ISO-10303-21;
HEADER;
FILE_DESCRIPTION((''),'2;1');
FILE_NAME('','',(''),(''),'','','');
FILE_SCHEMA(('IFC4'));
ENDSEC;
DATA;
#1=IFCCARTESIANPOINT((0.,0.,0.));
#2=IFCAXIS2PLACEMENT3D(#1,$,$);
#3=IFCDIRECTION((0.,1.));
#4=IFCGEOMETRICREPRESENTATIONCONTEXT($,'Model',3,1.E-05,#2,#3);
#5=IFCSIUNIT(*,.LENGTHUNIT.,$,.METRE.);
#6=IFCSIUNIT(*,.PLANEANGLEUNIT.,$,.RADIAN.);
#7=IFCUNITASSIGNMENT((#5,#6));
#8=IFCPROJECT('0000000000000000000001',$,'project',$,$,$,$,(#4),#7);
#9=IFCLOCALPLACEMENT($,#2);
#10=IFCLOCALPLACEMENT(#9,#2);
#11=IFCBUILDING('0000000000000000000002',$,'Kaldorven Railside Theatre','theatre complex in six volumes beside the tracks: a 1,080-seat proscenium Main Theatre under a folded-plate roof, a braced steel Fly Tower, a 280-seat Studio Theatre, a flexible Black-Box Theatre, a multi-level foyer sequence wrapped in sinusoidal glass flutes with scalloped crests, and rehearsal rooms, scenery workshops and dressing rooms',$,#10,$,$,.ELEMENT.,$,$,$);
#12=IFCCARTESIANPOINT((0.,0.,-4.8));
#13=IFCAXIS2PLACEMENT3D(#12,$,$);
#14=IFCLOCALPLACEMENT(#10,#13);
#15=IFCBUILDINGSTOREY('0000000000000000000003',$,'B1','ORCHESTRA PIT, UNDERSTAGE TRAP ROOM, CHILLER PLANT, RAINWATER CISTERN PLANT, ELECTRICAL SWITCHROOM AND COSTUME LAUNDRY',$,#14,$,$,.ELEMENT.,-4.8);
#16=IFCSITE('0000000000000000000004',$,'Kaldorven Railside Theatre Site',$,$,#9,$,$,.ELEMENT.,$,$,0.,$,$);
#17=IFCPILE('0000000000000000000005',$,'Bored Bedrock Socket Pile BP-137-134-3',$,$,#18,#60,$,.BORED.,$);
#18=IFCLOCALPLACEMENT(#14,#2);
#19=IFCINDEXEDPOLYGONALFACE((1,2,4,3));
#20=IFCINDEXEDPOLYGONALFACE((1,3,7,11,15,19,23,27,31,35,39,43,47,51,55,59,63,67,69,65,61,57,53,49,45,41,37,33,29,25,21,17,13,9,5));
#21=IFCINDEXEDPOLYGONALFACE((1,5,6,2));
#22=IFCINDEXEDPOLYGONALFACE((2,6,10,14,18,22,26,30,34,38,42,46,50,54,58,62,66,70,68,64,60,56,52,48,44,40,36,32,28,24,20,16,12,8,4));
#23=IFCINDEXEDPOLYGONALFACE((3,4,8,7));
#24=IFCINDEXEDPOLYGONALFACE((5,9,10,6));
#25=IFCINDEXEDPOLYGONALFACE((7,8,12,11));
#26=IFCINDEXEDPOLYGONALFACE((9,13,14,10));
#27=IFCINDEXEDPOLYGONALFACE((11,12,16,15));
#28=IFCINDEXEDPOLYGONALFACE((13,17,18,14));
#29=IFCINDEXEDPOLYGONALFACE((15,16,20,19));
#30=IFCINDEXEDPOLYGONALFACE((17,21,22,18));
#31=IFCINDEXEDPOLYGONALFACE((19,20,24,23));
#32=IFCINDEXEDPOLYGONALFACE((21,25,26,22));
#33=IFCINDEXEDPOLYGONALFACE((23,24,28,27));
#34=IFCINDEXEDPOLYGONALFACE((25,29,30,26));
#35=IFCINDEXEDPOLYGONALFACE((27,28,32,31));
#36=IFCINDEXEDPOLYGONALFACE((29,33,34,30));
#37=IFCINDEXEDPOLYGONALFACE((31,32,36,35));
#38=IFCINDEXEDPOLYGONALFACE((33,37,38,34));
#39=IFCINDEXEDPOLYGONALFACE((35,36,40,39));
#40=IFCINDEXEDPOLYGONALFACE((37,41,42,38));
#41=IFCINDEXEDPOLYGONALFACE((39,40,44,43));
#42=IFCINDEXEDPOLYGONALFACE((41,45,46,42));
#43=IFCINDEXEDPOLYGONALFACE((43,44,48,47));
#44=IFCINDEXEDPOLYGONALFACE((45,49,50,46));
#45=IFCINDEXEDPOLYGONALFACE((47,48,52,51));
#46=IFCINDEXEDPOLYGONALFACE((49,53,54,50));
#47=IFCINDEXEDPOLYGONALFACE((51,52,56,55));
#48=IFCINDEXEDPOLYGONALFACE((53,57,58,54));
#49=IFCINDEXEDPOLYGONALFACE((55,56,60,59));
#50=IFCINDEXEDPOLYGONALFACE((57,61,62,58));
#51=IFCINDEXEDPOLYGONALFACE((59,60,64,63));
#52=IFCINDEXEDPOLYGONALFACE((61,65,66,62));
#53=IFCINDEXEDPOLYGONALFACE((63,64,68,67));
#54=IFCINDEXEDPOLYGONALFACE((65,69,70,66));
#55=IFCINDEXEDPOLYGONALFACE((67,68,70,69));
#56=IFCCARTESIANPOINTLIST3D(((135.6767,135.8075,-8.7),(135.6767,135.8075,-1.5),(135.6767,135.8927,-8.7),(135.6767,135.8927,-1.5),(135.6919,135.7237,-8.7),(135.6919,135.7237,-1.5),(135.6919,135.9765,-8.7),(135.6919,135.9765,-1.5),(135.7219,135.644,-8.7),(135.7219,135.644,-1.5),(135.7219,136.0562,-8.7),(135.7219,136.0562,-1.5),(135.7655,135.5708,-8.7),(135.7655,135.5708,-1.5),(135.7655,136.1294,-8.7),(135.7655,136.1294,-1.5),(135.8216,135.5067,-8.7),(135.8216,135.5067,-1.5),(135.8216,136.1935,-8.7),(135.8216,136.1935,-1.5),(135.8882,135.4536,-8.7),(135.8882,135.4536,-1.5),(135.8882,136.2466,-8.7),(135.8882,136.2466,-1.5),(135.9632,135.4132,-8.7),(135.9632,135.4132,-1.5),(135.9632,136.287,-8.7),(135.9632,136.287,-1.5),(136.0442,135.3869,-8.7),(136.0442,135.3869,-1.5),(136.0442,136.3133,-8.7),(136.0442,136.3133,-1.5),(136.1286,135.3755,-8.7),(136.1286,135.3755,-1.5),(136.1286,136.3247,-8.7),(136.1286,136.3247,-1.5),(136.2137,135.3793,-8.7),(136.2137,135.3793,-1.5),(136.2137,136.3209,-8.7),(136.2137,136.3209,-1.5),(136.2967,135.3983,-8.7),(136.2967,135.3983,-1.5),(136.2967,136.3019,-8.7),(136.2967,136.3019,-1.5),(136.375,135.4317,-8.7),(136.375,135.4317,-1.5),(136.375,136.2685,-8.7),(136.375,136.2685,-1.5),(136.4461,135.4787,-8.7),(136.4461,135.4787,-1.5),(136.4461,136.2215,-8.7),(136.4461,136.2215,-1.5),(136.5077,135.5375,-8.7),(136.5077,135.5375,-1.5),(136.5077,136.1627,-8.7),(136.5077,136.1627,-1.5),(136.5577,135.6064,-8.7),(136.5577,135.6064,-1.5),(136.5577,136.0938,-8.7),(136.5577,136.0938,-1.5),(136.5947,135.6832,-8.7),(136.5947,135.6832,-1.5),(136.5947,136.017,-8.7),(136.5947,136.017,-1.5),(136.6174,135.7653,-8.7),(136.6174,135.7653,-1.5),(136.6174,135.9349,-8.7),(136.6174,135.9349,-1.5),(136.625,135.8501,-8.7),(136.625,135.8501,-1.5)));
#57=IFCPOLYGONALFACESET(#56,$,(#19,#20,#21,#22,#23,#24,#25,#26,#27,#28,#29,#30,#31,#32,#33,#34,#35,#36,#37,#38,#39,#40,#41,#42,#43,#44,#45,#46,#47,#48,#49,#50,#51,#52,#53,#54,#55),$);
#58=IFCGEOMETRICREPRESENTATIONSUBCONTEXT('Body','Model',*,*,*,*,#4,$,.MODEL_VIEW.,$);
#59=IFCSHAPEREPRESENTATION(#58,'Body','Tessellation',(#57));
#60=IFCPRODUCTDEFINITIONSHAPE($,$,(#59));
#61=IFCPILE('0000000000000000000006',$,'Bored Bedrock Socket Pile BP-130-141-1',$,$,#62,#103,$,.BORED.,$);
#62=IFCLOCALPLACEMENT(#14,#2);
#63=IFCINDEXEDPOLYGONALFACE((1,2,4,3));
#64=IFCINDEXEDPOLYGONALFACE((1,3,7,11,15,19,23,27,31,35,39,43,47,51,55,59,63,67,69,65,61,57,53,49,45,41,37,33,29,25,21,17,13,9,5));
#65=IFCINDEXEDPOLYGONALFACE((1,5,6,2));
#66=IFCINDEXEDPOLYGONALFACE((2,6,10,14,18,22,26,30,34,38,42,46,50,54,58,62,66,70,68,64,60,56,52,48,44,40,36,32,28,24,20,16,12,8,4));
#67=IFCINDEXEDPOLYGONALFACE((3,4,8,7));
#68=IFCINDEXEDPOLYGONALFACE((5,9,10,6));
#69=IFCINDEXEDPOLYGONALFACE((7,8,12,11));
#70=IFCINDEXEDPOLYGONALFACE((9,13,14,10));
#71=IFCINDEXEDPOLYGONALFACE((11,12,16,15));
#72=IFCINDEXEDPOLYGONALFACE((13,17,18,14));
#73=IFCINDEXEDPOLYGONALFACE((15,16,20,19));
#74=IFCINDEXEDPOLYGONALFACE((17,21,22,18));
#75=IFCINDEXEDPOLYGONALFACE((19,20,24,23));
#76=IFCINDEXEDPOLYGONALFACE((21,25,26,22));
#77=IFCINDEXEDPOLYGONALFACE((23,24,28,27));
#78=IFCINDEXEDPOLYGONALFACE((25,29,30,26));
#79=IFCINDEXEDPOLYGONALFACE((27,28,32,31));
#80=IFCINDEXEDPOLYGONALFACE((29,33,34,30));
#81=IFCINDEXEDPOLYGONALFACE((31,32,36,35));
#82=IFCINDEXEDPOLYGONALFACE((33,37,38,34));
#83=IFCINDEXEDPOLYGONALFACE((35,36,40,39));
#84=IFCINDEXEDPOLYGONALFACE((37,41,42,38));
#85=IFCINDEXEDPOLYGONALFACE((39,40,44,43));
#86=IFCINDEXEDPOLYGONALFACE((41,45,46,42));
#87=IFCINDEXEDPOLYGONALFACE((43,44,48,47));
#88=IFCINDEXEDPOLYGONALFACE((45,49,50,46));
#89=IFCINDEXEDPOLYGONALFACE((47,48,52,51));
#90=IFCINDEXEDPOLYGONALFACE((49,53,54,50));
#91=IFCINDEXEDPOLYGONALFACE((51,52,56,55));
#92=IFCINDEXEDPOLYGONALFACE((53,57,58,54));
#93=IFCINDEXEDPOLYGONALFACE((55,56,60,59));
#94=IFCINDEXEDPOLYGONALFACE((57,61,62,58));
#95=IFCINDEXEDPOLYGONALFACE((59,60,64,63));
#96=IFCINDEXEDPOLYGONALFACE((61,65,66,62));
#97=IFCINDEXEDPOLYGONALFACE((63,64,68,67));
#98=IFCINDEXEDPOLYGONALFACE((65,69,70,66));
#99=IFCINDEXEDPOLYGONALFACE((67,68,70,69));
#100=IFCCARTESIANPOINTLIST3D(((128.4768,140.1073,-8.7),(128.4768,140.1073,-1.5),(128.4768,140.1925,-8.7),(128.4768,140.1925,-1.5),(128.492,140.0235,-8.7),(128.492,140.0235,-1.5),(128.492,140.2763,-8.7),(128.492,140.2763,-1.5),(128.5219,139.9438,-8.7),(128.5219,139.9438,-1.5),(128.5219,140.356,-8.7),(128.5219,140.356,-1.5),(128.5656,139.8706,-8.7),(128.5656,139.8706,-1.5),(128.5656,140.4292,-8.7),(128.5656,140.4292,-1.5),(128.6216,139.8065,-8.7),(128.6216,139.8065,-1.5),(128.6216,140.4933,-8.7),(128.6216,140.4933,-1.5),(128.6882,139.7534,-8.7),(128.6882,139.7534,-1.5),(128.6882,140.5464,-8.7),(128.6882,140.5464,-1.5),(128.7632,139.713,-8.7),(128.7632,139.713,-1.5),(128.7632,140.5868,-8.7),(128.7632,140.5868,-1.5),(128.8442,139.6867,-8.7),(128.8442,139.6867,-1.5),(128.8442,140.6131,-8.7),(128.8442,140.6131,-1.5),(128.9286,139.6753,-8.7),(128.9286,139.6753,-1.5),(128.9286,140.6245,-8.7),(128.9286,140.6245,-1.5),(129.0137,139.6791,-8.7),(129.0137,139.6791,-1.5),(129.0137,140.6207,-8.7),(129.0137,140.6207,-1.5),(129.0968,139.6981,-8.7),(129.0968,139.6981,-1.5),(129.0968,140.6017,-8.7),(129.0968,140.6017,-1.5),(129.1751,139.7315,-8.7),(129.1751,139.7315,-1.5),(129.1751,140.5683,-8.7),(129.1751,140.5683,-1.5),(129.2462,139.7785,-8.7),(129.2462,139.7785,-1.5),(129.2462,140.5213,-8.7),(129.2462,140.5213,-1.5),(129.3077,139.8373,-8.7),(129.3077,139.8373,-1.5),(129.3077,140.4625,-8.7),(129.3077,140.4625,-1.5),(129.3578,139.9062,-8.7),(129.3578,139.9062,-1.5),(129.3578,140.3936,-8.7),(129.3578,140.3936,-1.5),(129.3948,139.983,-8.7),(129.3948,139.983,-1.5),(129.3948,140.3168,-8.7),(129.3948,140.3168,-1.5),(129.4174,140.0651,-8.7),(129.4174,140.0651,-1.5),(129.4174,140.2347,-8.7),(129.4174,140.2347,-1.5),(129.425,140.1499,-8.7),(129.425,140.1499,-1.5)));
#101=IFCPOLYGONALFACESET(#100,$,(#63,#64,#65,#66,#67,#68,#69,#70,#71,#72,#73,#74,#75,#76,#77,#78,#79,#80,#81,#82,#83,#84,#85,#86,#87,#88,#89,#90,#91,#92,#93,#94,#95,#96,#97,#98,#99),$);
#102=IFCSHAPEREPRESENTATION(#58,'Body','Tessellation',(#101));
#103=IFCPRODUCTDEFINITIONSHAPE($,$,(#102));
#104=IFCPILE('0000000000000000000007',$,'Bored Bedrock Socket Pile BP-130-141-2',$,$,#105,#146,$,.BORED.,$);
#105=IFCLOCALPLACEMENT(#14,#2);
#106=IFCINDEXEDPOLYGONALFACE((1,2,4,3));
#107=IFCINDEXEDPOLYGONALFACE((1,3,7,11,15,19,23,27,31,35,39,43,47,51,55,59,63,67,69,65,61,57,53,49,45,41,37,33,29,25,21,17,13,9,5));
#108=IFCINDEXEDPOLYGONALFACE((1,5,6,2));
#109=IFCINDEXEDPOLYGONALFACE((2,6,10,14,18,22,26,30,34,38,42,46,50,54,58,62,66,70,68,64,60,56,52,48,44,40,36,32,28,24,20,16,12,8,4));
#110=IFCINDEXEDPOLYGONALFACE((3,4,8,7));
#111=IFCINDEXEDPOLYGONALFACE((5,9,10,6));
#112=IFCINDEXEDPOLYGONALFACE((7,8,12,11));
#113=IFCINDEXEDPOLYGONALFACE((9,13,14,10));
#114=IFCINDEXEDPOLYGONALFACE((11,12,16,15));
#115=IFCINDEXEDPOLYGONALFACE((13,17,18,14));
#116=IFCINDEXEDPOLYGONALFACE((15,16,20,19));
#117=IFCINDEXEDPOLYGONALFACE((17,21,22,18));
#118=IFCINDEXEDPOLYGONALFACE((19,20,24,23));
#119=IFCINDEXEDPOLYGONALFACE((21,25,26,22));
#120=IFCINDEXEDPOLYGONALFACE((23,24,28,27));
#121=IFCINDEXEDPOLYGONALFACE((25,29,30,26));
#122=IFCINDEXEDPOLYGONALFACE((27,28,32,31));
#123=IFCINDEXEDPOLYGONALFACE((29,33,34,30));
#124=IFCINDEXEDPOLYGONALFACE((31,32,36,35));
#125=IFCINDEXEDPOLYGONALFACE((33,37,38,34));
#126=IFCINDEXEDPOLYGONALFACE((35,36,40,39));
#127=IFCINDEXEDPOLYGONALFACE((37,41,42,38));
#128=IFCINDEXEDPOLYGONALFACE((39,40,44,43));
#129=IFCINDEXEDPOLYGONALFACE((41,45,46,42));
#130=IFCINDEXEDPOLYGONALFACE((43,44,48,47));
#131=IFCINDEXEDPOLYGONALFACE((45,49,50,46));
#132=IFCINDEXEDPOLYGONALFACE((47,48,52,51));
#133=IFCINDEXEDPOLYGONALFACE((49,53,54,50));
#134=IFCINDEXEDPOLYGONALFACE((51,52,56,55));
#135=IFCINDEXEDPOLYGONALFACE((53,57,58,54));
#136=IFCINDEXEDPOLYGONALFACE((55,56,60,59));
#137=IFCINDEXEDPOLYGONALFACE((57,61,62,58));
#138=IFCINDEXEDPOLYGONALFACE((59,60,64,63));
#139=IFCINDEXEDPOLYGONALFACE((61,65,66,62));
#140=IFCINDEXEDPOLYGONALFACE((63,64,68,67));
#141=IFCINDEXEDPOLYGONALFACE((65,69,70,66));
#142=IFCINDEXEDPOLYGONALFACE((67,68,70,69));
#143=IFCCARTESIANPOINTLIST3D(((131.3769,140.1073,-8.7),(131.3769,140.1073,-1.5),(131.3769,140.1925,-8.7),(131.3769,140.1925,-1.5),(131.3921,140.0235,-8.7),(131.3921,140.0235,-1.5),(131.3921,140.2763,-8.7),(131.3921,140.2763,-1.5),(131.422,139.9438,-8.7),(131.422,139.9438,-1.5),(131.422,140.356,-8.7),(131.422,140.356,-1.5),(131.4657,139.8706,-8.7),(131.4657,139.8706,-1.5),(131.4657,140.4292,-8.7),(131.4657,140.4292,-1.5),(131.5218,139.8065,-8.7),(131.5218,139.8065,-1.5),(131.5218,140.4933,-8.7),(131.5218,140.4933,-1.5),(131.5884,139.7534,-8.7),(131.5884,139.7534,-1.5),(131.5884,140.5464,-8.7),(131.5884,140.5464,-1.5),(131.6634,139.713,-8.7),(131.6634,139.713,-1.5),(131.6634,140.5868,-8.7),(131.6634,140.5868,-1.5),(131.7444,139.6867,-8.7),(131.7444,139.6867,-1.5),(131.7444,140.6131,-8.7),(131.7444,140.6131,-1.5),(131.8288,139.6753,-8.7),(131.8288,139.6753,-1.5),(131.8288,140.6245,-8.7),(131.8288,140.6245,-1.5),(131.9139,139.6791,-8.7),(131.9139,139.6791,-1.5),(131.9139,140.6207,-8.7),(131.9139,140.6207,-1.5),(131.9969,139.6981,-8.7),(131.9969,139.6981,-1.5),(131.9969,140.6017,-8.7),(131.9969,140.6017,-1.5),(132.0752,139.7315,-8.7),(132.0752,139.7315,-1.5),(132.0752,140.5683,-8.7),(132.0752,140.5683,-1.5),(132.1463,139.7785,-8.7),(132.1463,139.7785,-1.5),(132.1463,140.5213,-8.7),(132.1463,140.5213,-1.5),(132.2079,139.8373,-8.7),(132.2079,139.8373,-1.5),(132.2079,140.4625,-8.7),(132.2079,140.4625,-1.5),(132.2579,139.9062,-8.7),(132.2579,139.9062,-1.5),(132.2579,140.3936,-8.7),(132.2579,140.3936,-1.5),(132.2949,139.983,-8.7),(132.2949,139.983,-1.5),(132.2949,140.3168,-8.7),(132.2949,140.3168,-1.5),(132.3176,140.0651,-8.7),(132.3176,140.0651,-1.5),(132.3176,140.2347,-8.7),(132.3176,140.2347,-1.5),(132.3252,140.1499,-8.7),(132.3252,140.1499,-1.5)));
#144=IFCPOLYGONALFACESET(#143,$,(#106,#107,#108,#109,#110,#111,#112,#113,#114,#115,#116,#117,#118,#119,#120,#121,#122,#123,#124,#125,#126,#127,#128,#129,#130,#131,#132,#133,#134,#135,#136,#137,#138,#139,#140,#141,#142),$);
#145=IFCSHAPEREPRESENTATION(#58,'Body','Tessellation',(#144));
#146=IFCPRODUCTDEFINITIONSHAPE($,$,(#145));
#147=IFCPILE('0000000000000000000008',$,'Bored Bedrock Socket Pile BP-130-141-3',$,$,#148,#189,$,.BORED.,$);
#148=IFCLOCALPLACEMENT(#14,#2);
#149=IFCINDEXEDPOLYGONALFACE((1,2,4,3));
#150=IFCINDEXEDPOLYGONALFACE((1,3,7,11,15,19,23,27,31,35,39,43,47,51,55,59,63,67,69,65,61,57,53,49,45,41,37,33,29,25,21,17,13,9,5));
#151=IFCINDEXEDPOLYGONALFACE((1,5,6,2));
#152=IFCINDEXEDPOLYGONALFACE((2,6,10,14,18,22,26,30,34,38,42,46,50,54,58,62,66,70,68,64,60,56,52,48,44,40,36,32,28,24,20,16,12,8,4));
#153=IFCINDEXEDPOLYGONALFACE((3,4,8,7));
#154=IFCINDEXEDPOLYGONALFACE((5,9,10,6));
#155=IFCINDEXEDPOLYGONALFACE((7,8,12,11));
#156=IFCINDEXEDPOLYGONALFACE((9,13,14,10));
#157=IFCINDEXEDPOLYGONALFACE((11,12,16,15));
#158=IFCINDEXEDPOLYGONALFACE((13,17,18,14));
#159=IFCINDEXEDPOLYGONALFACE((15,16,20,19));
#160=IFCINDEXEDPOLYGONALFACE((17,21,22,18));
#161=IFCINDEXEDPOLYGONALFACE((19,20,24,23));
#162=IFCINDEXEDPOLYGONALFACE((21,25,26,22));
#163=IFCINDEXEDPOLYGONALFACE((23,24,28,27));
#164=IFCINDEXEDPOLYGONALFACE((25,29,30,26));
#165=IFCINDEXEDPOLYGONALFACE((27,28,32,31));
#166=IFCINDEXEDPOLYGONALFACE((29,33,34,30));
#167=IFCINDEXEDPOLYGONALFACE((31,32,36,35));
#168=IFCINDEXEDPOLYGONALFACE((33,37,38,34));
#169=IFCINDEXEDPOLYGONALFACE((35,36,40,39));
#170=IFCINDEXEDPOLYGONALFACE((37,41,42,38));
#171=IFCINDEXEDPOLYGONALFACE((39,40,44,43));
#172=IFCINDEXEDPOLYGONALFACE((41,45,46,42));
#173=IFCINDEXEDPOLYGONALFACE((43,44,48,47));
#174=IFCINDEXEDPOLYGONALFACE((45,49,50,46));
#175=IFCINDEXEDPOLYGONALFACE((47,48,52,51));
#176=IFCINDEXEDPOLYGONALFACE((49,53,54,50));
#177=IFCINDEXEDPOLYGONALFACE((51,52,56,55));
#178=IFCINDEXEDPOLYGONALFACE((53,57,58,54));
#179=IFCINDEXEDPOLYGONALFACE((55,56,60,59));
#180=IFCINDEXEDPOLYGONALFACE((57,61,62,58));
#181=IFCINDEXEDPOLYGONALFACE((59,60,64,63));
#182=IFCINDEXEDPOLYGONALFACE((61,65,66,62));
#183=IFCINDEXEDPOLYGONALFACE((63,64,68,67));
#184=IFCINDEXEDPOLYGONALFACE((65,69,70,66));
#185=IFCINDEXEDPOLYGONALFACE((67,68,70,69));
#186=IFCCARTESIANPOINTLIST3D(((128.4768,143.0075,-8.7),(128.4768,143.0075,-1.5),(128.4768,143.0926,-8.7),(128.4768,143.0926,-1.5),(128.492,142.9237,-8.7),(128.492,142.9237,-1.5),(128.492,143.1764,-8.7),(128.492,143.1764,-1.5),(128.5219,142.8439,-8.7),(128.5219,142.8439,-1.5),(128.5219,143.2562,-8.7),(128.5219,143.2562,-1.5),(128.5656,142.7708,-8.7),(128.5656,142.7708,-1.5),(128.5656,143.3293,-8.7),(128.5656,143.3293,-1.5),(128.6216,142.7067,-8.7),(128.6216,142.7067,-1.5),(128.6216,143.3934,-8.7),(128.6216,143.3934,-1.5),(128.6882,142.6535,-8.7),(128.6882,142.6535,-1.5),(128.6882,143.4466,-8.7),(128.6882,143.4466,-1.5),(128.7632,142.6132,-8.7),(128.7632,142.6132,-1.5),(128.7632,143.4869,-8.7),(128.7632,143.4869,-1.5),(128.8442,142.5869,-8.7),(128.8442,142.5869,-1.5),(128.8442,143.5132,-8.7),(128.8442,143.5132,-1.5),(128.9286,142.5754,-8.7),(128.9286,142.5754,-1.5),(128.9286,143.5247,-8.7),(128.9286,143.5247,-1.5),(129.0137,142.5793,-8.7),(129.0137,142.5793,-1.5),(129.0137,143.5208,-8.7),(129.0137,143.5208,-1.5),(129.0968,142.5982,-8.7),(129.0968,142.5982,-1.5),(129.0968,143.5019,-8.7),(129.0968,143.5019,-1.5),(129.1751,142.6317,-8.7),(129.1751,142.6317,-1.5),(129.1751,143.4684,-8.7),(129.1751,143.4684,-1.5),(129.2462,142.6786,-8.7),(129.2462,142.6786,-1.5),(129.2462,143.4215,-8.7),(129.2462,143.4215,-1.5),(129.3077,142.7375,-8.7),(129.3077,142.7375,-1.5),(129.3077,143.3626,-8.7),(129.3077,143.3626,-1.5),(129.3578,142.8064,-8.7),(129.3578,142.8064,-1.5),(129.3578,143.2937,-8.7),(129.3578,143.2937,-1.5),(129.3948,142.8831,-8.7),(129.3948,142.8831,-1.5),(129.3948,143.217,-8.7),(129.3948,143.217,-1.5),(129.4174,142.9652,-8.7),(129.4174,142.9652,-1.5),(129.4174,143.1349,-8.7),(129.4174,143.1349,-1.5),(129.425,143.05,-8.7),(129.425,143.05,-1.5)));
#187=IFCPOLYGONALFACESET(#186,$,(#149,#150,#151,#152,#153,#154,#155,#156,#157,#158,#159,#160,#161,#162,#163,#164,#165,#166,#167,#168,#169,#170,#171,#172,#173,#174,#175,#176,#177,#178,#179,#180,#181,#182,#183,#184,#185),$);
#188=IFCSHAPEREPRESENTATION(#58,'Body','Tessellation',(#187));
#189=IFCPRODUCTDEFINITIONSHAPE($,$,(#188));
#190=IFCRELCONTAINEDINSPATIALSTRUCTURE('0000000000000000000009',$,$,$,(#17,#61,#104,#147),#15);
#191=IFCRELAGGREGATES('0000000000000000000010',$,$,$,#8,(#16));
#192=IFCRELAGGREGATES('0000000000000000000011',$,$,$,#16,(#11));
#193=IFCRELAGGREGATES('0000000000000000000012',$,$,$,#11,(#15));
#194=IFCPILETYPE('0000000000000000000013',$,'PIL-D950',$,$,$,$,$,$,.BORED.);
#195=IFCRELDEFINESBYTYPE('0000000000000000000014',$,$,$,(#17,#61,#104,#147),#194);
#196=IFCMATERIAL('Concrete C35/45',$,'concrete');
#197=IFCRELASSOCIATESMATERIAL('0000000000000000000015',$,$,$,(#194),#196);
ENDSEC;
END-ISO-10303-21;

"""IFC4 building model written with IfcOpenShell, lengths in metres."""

from ifc_helpers import new_model, si_unit, direction, frame, origin, origin_2d, place, context, subcontext, project, spatial, circle, extrude, material, material_profile, profile_set, type_object, element, save


model = new_model("IFC4")

# Units and contexts
model_context = context("Model", 3, precision=1e-05, world=origin(), true_north=direction((0.0, 1.0)))
body_context = subcontext(model_context, "Body", "Model", "MODEL_VIEW")
ifc_project = project(units=[si_unit("LENGTHUNIT", "METRE"), si_unit("PLANEANGLEUNIT", "RADIAN")], contexts=[model_context])

# Site, building, storey
site_placement = place(None, origin())
site = spatial("IfcSite", under=ifc_project, at=site_placement, Name="Kaldorven Railside Theatre Site", CompositionType="ELEMENT", RefElevation=0.0)
building_placement = place(site_placement, origin())
building = spatial("IfcBuilding", under=site, at=building_placement, Name="Kaldorven Railside Theatre", Description="theatre complex in six volumes beside the tracks: a 1,080-seat proscenium Main Theatre under a folded-plate roof, a braced steel Fly Tower, a 280-seat Studio Theatre, a flexible Black-Box Theatre, a multi-level foyer sequence wrapped in sinusoidal glass flutes with scalloped crests, and rehearsal rooms, scenery workshops and dressing rooms", CompositionType="ELEMENT")
storey_placement = place(building_placement, frame((0.0, 0.0, -4.8)))
storey = spatial("IfcBuildingStorey", under=building, at=storey_placement, Name="B1", Description="ORCHESTRA PIT, UNDERSTAGE TRAP ROOM, CHILLER PLANT, RAINWATER CISTERN PLANT, ELECTRICAL SWITCHROOM AND COSTUME LAUNDRY", CompositionType="ELEMENT", Elevation=-4.8)

# Piles
ifc_material_1 = material(Name="Concrete C35/45", Category="concrete")
ifc_material_profile_1 = material_profile(ifc_material_1, circle(Radius=0.4751, at=origin_2d()), Name="BP D950")
ifc_profile_set_1 = profile_set([ifc_material_profile_1], Name="Concrete C35/45")
pile_type_1 = type_object("IfcPileType", Name="PIL-D950", PredefinedType="BORED", material=ifc_profile_set_1)
for number, where, z_axis, x_axis, name in (
    (1, (136.1499, 135.8501, -1.5), (0.0, 0.0, -1.0), (1.0, 0.0, 0.0), "Bored Bedrock Socket Pile BP-137-134-3"),
    (2, (128.95, 140.1499, -1.5), (0.0, 0.0, -1.0), (1.0, 0.0, 0.0), "Bored Bedrock Socket Pile BP-130-141-1"),
    (3, (131.8501, 140.1499, -1.5), (0.0, 0.0, -1.0), (1.0, 0.0, 0.0), "Bored Bedrock Socket Pile BP-130-141-2"),
    (4, (128.95, 143.05, -1.5), (0.0, 0.0, -1.0), (1.0, 0.0, 0.0), "Bored Bedrock Socket Pile BP-130-141-3"),
):
    element("IfcPile", number, at=place(storey_placement, frame(where, z_axis=z_axis, x_axis=x_axis)), inside=storey, type_object=pile_type_1, Name=name, PredefinedType="BORED", context=body_context, shape_type="SweptSolid", body=[
        extrude(circle(Radius=0.4751, at=origin_2d()), origin(), (0.0, 0.0, 1.0), 7.2),
    ])

save(model, "model.ifc")
